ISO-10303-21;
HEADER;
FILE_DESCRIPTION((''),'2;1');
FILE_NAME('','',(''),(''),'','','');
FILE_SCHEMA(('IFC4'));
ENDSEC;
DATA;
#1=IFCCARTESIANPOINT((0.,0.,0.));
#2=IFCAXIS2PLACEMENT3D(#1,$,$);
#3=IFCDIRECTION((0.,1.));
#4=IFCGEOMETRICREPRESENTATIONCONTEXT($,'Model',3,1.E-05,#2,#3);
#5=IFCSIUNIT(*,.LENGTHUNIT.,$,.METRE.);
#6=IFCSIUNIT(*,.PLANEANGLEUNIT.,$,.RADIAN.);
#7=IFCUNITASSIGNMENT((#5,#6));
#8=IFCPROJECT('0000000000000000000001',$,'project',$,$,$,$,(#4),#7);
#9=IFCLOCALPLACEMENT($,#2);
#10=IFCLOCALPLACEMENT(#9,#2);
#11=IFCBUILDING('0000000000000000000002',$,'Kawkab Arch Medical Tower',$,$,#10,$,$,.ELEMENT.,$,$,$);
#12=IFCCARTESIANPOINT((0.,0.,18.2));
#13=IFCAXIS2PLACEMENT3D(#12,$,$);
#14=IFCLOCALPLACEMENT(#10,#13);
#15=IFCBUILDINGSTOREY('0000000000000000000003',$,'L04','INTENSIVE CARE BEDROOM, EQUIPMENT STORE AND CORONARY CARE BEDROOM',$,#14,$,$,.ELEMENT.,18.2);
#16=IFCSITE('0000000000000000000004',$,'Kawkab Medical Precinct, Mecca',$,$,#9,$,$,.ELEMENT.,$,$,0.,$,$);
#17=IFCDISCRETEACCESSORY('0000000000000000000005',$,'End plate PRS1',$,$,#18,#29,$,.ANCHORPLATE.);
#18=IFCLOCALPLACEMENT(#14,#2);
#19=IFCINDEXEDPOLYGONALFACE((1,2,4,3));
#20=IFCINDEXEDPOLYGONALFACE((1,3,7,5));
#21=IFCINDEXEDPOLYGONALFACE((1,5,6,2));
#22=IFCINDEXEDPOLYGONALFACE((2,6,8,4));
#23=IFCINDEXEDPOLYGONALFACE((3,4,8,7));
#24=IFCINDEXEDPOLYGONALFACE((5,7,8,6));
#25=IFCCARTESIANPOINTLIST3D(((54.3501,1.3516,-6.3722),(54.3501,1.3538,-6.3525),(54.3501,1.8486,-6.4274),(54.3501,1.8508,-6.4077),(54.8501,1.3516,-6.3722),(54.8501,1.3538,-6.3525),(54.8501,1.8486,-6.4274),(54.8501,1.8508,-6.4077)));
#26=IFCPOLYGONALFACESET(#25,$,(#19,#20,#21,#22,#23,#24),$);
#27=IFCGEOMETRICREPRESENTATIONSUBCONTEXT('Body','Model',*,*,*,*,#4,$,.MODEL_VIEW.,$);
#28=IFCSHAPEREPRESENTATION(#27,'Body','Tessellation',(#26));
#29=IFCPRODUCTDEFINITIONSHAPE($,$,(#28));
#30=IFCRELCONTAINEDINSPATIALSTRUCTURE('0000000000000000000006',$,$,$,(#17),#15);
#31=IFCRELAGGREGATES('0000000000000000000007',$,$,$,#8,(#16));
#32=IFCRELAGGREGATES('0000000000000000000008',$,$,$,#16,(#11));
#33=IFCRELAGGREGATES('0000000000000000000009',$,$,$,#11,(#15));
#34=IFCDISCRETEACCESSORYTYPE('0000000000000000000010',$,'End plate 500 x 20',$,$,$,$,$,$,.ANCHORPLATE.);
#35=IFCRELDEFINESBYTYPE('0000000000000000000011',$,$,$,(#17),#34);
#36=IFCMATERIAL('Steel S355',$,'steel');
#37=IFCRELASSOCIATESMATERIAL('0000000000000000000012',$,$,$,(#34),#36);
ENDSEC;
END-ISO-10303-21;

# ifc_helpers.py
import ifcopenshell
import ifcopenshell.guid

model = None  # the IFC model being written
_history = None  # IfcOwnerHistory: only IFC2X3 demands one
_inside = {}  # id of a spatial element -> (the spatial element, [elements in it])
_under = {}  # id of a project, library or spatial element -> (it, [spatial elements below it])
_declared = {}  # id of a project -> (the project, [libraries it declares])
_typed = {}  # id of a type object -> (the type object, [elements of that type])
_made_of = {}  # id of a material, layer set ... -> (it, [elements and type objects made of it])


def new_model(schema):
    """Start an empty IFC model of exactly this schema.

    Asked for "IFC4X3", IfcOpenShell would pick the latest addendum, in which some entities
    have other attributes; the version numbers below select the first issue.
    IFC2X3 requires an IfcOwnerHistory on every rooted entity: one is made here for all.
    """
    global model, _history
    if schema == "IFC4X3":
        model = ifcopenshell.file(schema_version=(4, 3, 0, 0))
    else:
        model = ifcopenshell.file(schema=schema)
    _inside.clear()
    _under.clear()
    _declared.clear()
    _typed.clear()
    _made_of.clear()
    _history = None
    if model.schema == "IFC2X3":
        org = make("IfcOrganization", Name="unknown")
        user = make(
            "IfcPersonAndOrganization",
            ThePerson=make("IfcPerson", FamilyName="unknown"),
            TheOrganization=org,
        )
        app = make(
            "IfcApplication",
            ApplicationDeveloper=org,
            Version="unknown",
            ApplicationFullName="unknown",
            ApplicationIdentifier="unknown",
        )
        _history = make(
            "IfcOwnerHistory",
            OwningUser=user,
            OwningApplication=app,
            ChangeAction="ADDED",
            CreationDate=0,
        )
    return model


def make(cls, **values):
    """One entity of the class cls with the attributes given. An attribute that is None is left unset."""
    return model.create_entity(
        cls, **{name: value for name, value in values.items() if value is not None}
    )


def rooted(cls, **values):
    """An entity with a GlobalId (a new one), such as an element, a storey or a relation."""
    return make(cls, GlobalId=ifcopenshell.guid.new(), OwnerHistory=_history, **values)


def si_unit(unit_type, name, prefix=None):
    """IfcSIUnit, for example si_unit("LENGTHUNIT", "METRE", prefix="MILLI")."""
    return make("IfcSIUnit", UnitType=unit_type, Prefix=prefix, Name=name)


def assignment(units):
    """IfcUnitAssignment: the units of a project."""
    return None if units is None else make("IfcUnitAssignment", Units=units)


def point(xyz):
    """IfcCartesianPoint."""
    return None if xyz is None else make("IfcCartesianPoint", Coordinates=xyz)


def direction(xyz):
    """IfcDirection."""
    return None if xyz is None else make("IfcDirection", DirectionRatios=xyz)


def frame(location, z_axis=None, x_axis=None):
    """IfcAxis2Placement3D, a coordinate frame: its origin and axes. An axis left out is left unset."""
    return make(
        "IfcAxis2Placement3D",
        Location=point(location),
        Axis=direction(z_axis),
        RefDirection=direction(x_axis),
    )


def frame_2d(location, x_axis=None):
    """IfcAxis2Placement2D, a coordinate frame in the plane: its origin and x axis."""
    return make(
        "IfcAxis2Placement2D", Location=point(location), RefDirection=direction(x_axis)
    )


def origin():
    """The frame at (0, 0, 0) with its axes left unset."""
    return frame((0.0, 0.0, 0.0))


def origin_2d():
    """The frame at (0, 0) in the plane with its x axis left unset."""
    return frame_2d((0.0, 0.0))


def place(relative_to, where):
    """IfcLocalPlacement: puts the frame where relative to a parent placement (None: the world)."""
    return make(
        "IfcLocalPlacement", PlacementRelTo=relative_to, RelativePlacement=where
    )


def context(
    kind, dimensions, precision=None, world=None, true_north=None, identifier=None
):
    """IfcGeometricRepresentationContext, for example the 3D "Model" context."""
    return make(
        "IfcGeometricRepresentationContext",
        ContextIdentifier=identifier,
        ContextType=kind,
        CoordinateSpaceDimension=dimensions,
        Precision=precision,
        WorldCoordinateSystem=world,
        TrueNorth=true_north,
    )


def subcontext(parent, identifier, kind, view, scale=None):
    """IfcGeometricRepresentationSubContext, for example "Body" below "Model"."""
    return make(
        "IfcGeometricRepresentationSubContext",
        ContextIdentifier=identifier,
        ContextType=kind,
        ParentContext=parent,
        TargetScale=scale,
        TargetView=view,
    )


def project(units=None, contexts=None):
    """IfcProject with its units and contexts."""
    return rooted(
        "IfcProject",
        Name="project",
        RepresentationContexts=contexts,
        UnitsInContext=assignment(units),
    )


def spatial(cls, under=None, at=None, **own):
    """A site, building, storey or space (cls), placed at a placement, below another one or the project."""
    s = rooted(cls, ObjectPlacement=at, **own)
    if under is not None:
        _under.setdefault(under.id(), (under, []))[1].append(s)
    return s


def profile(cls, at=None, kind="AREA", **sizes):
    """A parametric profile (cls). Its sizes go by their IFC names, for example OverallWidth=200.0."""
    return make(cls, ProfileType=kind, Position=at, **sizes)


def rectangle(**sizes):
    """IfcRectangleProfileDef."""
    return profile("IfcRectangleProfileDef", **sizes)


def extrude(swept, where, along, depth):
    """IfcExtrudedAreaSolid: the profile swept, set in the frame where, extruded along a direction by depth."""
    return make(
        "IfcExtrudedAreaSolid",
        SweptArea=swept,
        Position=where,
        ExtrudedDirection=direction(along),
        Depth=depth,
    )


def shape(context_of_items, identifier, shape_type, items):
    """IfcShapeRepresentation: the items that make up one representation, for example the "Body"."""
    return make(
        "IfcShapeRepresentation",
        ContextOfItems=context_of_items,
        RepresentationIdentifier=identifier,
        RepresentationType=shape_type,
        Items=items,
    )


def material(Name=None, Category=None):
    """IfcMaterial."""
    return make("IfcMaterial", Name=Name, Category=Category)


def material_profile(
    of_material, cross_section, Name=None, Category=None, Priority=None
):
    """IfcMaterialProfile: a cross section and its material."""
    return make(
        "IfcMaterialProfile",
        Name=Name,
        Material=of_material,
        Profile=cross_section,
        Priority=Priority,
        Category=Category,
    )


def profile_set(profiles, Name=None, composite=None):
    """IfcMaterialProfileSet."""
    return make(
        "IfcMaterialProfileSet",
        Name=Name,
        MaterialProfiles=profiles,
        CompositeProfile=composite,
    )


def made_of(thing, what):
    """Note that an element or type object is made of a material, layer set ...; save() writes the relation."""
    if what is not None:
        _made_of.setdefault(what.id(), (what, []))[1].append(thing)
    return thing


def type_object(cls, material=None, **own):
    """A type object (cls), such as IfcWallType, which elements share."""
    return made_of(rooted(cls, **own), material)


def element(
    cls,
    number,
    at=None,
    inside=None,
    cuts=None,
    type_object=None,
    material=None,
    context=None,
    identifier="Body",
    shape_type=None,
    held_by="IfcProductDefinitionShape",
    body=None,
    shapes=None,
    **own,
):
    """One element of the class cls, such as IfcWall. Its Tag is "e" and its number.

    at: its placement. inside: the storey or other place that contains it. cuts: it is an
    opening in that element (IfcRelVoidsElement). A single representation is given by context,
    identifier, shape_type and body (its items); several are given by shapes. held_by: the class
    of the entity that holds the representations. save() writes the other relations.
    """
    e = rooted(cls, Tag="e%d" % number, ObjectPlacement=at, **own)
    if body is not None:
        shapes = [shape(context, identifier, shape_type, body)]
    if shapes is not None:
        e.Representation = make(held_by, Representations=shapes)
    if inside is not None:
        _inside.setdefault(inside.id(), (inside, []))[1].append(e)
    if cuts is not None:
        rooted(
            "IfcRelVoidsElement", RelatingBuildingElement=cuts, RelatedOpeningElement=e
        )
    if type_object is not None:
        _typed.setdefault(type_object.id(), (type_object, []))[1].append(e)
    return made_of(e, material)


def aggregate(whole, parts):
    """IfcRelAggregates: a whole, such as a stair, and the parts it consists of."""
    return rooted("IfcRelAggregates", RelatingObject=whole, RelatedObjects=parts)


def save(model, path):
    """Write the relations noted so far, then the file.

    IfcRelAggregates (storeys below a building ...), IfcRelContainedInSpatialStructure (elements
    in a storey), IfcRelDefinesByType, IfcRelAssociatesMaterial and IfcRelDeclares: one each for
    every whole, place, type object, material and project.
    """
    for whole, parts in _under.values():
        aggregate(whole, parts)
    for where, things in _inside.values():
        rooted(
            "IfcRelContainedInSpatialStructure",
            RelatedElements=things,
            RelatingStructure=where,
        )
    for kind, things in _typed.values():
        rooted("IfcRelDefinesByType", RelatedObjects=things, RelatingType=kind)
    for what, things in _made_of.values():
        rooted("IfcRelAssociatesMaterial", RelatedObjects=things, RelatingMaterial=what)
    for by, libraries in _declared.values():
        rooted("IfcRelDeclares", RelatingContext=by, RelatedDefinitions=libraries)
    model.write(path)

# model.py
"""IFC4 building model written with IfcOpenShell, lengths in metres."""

from ifc_helpers import new_model, si_unit, direction, frame, origin, origin_2d, place, context, subcontext, project, spatial, rectangle, extrude, material, material_profile, profile_set, type_object, element, save


model = new_model("IFC4")

# Units and contexts
model_context = context("Model", 3, precision=1e-05, world=origin(), true_north=direction((0.0, 1.0)))
body_context = subcontext(model_context, "Body", "Model", "MODEL_VIEW")
ifc_project = project(units=[si_unit("LENGTHUNIT", "METRE"), si_unit("PLANEANGLEUNIT", "RADIAN")], contexts=[model_context])

# Site, building, storey
site_placement = place(None, origin())
site = spatial("IfcSite", under=ifc_project, at=site_placement, Name="Kawkab Medical Precinct, Mecca", CompositionType="ELEMENT", RefElevation=0.0)
building_placement = place(site_placement, origin())
building = spatial("IfcBuilding", under=site, at=building_placement, Name="Kawkab Arch Medical Tower", CompositionType="ELEMENT")
storey_placement = place(building_placement, frame((0.0, 0.0, 18.2)))
storey = spatial("IfcBuildingStorey", under=building, at=storey_placement, Name="L04", Description="INTENSIVE CARE BEDROOM, EQUIPMENT STORE AND CORONARY CARE BEDROOM", CompositionType="ELEMENT", Elevation=18.2)

# Discrete accessory
ifc_material_1 = material(Name="Steel S355", Category="steel")
ifc_material_profile_1 = material_profile(ifc_material_1, rectangle(XDim=0.5, YDim=0.5, at=origin_2d()), Name="End plate 500 x 20")
ifc_profile_set_1 = profile_set([ifc_material_profile_1], Name="Steel S355")
discrete_accessory_type = type_object("IfcDiscreteAccessoryType", Name="End plate 500 x 20", PredefinedType="ANCHORPLATE", material=ifc_profile_set_1)
discrete_accessory_1_placement = place(storey_placement, frame((54.6001, 1.6023, -6.3801), z_axis=(0.0, -0.110432, -0.993884), x_axis=(1.0, 0.0, 0.0)))
element("IfcDiscreteAccessory", 1, at=discrete_accessory_1_placement, inside=storey, type_object=discrete_accessory_type, Name="End plate PRS1", PredefinedType="ANCHORPLATE", context=body_context, shape_type="SweptSolid", body=[
    extrude(rectangle(XDim=0.5, YDim=0.5, at=origin_2d()), origin(), (0.0, 0.0, 1.0), 0.0198),
])

save(model, "model.ifc")
